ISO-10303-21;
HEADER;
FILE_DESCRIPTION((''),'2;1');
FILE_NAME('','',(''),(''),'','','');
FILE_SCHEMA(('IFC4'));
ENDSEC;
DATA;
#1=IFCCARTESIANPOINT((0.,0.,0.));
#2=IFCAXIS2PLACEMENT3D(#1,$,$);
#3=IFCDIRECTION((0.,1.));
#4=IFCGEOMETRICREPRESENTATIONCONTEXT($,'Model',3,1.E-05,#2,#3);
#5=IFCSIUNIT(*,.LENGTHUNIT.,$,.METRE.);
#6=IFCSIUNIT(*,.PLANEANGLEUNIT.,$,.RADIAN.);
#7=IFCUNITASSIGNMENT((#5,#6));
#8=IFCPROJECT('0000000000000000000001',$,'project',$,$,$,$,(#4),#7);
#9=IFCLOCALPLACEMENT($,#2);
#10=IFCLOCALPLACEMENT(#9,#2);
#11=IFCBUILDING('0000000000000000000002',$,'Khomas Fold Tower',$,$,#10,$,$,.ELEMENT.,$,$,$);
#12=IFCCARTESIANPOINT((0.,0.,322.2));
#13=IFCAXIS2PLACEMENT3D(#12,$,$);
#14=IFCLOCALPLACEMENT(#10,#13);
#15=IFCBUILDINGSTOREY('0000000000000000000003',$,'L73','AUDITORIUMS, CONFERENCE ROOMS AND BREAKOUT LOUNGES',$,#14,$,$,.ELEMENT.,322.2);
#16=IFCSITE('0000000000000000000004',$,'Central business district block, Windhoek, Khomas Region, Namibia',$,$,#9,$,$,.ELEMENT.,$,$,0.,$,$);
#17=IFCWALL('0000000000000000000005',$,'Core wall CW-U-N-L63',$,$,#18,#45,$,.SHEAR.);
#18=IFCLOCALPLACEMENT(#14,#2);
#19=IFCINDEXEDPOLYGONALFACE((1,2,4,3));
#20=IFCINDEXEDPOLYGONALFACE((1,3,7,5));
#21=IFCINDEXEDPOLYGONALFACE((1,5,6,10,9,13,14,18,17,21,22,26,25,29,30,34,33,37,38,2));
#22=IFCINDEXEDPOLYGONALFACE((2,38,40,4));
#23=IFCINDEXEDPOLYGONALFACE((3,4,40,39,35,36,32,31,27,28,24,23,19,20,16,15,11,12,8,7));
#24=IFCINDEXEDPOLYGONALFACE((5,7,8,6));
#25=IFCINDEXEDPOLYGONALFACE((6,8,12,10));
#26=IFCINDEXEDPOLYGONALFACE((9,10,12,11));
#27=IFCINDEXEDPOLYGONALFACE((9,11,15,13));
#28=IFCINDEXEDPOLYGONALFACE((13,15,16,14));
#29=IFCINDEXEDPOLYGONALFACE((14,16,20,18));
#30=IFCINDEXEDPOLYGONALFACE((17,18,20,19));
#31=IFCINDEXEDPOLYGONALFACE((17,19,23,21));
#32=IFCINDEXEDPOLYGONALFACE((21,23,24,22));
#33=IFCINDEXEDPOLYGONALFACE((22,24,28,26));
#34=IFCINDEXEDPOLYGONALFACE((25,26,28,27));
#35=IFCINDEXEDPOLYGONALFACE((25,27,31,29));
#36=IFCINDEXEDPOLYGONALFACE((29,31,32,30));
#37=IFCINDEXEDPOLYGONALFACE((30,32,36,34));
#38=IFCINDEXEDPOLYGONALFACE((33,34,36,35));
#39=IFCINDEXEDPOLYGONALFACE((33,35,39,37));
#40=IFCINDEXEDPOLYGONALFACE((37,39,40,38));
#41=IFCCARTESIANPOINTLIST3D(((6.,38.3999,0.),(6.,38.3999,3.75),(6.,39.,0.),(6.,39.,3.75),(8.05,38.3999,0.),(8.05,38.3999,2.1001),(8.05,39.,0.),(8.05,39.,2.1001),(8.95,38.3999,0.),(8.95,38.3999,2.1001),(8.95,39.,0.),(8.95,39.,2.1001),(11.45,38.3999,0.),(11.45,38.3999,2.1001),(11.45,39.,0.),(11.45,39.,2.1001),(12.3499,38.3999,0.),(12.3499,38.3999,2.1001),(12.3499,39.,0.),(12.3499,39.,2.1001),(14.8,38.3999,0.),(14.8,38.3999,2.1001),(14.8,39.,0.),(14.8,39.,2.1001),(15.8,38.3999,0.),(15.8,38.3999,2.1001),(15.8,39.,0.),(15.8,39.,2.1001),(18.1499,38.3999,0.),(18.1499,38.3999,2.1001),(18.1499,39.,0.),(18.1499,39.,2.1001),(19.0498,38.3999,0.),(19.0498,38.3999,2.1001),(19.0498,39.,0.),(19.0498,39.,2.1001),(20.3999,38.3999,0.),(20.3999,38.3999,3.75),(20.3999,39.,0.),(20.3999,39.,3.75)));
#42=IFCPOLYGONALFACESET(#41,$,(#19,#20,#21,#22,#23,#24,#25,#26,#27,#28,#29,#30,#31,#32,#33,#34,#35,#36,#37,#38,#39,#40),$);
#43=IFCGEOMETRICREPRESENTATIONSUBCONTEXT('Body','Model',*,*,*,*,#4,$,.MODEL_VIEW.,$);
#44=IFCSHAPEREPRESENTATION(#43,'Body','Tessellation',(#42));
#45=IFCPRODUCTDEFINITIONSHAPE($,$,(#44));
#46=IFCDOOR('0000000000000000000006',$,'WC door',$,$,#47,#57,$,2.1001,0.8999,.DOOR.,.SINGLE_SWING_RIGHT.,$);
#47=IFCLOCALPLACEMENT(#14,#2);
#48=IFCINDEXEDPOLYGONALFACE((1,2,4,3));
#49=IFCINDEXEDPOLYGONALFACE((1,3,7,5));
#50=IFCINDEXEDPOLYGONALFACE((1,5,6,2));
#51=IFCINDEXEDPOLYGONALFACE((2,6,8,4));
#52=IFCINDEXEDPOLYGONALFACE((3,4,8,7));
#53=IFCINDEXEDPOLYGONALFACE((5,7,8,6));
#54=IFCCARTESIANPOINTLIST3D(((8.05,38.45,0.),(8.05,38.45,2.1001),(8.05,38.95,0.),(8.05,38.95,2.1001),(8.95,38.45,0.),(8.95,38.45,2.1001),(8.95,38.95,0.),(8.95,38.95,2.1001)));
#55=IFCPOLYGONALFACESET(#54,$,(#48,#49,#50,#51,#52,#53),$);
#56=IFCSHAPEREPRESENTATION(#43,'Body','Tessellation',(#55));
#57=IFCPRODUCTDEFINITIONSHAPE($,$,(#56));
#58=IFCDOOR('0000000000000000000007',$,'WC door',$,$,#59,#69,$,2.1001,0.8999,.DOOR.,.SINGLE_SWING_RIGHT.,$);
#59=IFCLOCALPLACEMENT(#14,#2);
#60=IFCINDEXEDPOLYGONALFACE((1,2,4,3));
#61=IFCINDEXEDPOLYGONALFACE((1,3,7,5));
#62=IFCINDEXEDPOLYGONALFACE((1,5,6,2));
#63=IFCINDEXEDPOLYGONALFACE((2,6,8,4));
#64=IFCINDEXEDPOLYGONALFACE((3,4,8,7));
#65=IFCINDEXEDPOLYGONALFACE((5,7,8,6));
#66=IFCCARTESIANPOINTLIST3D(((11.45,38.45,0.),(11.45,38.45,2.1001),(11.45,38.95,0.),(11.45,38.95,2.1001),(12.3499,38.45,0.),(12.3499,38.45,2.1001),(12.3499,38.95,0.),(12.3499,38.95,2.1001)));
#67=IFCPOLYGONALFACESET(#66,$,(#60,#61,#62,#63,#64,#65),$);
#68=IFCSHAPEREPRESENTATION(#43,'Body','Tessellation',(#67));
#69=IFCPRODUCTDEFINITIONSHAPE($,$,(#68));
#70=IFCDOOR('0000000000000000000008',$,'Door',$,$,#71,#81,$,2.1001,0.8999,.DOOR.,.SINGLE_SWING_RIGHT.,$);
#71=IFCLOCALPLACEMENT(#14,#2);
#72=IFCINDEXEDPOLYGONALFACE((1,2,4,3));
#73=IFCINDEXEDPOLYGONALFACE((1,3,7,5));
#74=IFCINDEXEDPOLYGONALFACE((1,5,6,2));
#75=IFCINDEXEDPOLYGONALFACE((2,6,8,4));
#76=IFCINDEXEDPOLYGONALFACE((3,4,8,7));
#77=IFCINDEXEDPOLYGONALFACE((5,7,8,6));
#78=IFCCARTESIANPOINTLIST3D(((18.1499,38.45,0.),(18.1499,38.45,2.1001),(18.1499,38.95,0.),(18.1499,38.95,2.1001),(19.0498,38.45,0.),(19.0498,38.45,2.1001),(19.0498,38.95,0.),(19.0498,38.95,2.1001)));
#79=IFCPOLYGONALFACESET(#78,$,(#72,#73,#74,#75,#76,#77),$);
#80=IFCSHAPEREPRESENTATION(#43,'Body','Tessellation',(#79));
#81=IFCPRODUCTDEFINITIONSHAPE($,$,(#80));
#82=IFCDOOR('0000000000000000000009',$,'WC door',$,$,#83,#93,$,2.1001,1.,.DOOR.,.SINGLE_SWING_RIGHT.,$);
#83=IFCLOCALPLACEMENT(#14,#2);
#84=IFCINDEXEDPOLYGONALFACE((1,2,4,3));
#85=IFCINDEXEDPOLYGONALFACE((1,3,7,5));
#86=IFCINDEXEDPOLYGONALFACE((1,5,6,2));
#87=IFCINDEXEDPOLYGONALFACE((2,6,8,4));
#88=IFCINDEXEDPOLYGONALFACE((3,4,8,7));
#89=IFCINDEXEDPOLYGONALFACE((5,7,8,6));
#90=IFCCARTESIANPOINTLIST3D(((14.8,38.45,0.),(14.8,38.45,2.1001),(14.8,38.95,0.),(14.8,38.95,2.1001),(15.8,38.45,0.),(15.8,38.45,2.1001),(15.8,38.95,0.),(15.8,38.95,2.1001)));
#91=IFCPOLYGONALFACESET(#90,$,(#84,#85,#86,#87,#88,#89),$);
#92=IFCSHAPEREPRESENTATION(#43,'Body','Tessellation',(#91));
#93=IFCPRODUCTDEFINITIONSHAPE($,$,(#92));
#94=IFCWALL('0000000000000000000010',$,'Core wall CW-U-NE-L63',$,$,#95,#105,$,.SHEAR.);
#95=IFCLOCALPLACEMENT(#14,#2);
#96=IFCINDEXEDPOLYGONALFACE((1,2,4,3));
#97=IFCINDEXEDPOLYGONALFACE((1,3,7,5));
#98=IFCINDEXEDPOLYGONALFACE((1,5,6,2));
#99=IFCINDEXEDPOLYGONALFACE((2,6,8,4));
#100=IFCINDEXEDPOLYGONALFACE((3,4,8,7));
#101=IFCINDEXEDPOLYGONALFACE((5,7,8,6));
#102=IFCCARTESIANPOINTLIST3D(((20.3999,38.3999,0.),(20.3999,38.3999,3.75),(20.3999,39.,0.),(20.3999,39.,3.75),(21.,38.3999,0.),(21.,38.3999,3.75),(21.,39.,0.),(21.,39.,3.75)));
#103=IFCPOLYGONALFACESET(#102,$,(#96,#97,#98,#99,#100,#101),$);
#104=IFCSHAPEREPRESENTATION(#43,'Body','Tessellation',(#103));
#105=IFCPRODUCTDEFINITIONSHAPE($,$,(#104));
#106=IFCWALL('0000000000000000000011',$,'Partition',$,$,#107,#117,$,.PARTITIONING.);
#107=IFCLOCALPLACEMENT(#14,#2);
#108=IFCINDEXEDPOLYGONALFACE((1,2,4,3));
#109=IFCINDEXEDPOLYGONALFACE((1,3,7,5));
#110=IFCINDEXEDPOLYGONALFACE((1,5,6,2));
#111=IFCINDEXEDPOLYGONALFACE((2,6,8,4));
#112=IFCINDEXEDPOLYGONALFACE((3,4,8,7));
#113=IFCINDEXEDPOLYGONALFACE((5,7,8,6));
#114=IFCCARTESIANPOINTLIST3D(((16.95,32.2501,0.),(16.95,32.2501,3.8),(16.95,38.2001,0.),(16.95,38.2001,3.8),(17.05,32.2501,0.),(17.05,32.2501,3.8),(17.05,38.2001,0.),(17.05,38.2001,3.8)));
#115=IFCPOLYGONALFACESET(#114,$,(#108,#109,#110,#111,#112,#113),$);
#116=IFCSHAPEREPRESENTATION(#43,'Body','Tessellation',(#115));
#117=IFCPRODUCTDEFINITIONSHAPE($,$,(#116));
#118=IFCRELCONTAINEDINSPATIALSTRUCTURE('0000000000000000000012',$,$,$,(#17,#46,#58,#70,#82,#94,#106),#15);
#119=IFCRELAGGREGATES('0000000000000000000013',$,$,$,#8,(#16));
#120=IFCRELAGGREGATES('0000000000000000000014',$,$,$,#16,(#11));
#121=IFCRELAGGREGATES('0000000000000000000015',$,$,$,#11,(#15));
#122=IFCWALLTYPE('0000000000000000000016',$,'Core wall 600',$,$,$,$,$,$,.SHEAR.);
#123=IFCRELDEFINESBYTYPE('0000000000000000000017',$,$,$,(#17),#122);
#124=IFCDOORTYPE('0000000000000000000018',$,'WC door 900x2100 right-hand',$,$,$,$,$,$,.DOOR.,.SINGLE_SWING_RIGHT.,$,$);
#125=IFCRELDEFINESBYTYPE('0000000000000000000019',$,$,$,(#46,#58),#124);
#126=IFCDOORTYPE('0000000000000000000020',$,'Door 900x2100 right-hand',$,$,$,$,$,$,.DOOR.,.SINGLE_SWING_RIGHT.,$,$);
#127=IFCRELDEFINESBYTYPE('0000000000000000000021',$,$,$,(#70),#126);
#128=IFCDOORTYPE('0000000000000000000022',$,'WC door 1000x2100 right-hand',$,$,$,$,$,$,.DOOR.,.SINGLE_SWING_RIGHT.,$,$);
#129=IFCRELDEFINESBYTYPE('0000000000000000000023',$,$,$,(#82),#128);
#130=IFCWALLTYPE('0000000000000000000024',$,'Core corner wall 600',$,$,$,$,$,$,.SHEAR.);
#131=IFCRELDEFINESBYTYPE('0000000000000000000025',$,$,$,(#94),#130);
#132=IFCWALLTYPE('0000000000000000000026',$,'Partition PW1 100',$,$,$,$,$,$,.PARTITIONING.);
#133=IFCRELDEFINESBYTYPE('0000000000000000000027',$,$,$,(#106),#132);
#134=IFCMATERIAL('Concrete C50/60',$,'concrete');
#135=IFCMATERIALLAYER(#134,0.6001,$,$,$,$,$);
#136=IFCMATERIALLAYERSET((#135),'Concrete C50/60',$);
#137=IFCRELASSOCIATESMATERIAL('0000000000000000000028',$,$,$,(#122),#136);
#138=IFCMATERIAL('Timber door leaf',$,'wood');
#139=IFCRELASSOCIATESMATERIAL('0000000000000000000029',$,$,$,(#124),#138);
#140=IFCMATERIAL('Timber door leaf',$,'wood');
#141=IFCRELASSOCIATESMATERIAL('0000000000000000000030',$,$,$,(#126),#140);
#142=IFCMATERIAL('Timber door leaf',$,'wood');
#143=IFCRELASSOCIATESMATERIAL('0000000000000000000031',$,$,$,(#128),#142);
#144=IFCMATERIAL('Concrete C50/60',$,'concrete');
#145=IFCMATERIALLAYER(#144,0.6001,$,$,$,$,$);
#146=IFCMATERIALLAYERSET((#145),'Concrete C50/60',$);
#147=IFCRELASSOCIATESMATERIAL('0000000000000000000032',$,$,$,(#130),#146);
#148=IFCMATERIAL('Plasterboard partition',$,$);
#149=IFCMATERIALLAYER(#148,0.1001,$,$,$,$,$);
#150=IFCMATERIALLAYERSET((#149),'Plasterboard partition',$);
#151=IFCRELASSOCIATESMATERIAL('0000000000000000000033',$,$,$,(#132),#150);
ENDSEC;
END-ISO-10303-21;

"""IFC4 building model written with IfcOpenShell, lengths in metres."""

from ifc_helpers import new_model, si_unit, direction, frame, frame_2d, origin, place, context, subcontext, project, spatial, rectangle, extrude, source, transform, mapped, material, layer, layer_set, type_object, element, fill, save


model = new_model("IFC4")

# Units and contexts
model_context = context("Model", 3, precision=1e-05, world=origin(), true_north=direction((0.0, 1.0)))
body_context = subcontext(model_context, "Body", "Model", "MODEL_VIEW")
ifc_project = project(units=[si_unit("LENGTHUNIT", "METRE"), si_unit("PLANEANGLEUNIT", "RADIAN")], contexts=[model_context])

# Site, building, storey
site_placement = place(None, origin())
site = spatial("IfcSite", under=ifc_project, at=site_placement, Name="Central business district block, Windhoek, Khomas Region, Namibia", CompositionType="ELEMENT", RefElevation=0.0)
building_placement = place(site_placement, origin())
building = spatial("IfcBuilding", under=site, at=building_placement, Name="Khomas Fold Tower", CompositionType="ELEMENT")
storey_placement = place(building_placement, frame((0.0, 0.0, 322.2)))
storey = spatial("IfcBuildingStorey", under=building, at=storey_placement, Name="L73", Description="AUDITORIUMS, CONFERENCE ROOMS AND BREAKOUT LOUNGES", CompositionType="ELEMENT", Elevation=322.2)

# Wall, openings, doors
ifc_material_1 = material(Name="Concrete C50/60", Category="concrete")
ifc_layer_1 = layer(ifc_material_1, 0.6001)
ifc_layer_set_1 = layer_set([ifc_layer_1], Name="Concrete C50/60")
wall_type_1 = type_object("IfcWallType", Name="Core wall 600", PredefinedType="SHEAR", material=ifc_layer_set_1)
shared_shape_1 = source(origin(), body_context, "Body", "SweptSolid", [
    extrude(rectangle(XDim=14.3999, YDim=0.6001, at=frame_2d((7.2, 0.0))), origin(), (0.0, 0.0, 1.0), 3.75),
])
wall_1_placement = place(storey_placement, frame((6.0, 38.7, 0.0), z_axis=(0.0, 0.0, 1.0), x_axis=(1.0, 0.0, 0.0)))
wall_1 = element("IfcWall", 1, at=wall_1_placement, inside=storey, type_object=wall_type_1, Name="Core wall CW-U-N-L63", PredefinedType="SHEAR", context=body_context, shape_type="MappedRepresentation", body=[
    mapped(shared_shape_1, transform((0.0, 0.0, 0.0))),
])
shared_shape_2 = source(origin(), body_context, "Body", "SweptSolid", [
    extrude(rectangle(XDim=0.8999, YDim=2.1001, at=frame_2d((0.45, 1.05))), frame((0.0, 0.3101, 0.0), z_axis=(0.0, -1.0, 0.0), x_axis=(1.0, 0.0, 0.0)), (0.0, 0.0, 1.0), 0.6201),
])
opening_1_placement = place(wall_1_placement, frame((2.05, 0.0, 0.0)))
opening_1 = element("IfcOpeningElement", 2, at=opening_1_placement, cuts=wall_1, PredefinedType="OPENING", context=body_context, shape_type="MappedRepresentation", body=[
    mapped(shared_shape_2, transform((0.0, 0.0, 0.0))),
])
opening_2_placement = place(wall_1_placement, frame((5.45, 0.0, 0.0)))
opening_2 = element("IfcOpeningElement", 3, at=opening_2_placement, cuts=wall_1, PredefinedType="OPENING", context=body_context, shape_type="MappedRepresentation", body=[
    mapped(shared_shape_2, transform((0.0, 0.0, 0.0))),
])
shared_shape_3 = source(origin(), body_context, "Body", "SweptSolid", [
    extrude(rectangle(XDim=1.0, YDim=2.1001, at=frame_2d((0.5, 1.05))), frame((0.0, 0.3101, 0.0), z_axis=(0.0, -1.0, 0.0), x_axis=(1.0, 0.0, 0.0)), (0.0, 0.0, 1.0), 0.6201),
])
opening_3_placement = place(wall_1_placement, frame((8.8, 0.0, 0.0)))
opening_3 = element("IfcOpeningElement", 4, at=opening_3_placement, cuts=wall_1, PredefinedType="OPENING", context=body_context, shape_type="MappedRepresentation", body=[
    mapped(shared_shape_3, transform((0.0, 0.0, 0.0))),
])
opening_4_placement = place(wall_1_placement, frame((12.1499, 0.0, 0.0)))
opening_4 = element("IfcOpeningElement", 5, at=opening_4_placement, cuts=wall_1, PredefinedType="OPENING", context=body_context, shape_type="MappedRepresentation", body=[
    mapped(shared_shape_2, transform((0.0, 0.0, 0.0))),
])
ifc_material_2 = material(Name="Timber door leaf", Category="wood")
door_type_1 = type_object("IfcDoorType", Name="WC door 900x2100 right-hand", OperationType="SINGLE_SWING_RIGHT", PredefinedType="DOOR", material=ifc_material_2)
shared_shape_4 = source(origin(), body_context, "Body", "SweptSolid", [
    extrude(rectangle(XDim=0.8999, YDim=2.1001, at=frame_2d((0.45, 1.05))), frame((0.0, 0.25, 0.0), z_axis=(0.0, -1.0, 0.0), x_axis=(1.0, 0.0, 0.0)), (0.0, 0.0, 1.0), 0.5),
])
door_1_placement = place(opening_1_placement, origin())
door_1 = element("IfcDoor", 6, at=door_1_placement, inside=storey, type_object=door_type_1, Name="WC door", OperationType="SINGLE_SWING_RIGHT", OverallHeight=2.1001, OverallWidth=0.8999, PredefinedType="DOOR", context=body_context, shape_type="MappedRepresentation", body=[
    mapped(shared_shape_4, transform((0.0, 0.0, 0.0))),
])
fill(opening_1, door_1)
door_2_placement = place(opening_2_placement, origin())
door_2 = element("IfcDoor", 7, at=door_2_placement, inside=storey, type_object=door_type_1, Name="WC door", OperationType="SINGLE_SWING_RIGHT", OverallHeight=2.1001, OverallWidth=0.8999, PredefinedType="DOOR", context=body_context, shape_type="MappedRepresentation", body=[
    mapped(shared_shape_4, transform((0.0, 0.0, 0.0))),
])
fill(opening_2, door_2)
ifc_material_3 = material(Name="Timber door leaf", Category="wood")
door_type_2 = type_object("IfcDoorType", Name="Door 900x2100 right-hand", OperationType="SINGLE_SWING_RIGHT", PredefinedType="DOOR", material=ifc_material_3)
door_3_placement = place(opening_4_placement, origin())
door_3 = element("IfcDoor", 8, at=door_3_placement, inside=storey, type_object=door_type_2, Name="Door", OperationType="SINGLE_SWING_RIGHT", OverallHeight=2.1001, OverallWidth=0.8999, PredefinedType="DOOR", context=body_context, shape_type="MappedRepresentation", body=[
    mapped(shared_shape_4, transform((0.0, 0.0, 0.0))),
])
fill(opening_4, door_3)
ifc_material_4 = material(Name="Timber door leaf", Category="wood")
door_type_3 = type_object("IfcDoorType", Name="WC door 1000x2100 right-hand", OperationType="SINGLE_SWING_RIGHT", PredefinedType="DOOR", material=ifc_material_4)
shared_shape_5 = source(origin(), body_context, "Body", "SweptSolid", [
    extrude(rectangle(XDim=1.0, YDim=2.1001, at=frame_2d((0.5, 1.05))), frame((0.0, 0.25, 0.0), z_axis=(0.0, -1.0, 0.0), x_axis=(1.0, 0.0, 0.0)), (0.0, 0.0, 1.0), 0.5),
])
door_4_placement = place(opening_3_placement, origin())
door_4 = element("IfcDoor", 9, at=door_4_placement, inside=storey, type_object=door_type_3, Name="WC door", OperationType="SINGLE_SWING_RIGHT", OverallHeight=2.1001, OverallWidth=1.0, PredefinedType="DOOR", context=body_context, shape_type="MappedRepresentation", body=[
    mapped(shared_shape_5, transform((0.0, 0.0, 0.0))),
])
fill(opening_3, door_4)

# Walls
ifc_material_5 = material(Name="Concrete C50/60", Category="concrete")
ifc_layer_2 = layer(ifc_material_5, 0.6001)
ifc_layer_set_2 = layer_set([ifc_layer_2], Name="Concrete C50/60")
wall_type_2 = type_object("IfcWallType", Name="Core corner wall 600", PredefinedType="SHEAR", material=ifc_layer_set_2)
shared_shape_6 = source(origin(), body_context, "Body", "SweptSolid", [
    extrude(rectangle(XDim=0.6001, YDim=0.6001, at=frame_2d((0.3, 0.0))), origin(), (0.0, 0.0, 1.0), 3.75),
])
wall_2_placement = place(storey_placement, frame((20.3999, 38.7, 0.0), z_axis=(0.0, 0.0, 1.0), x_axis=(1.0, 0.0, 0.0)))
element("IfcWall", 10, at=wall_2_placement, inside=storey, type_object=wall_type_2, Name="Core wall CW-U-NE-L63", PredefinedType="SHEAR", context=body_context, shape_type="MappedRepresentation", body=[
    mapped(shared_shape_6, transform((0.0, 0.0, 0.0))),
])
ifc_material_6 = material(Name="Plasterboard partition")
ifc_layer_3 = layer(ifc_material_6, 0.1001)
ifc_layer_set_3 = layer_set([ifc_layer_3], Name="Plasterboard partition")
wall_type_3 = type_object("IfcWallType", Name="Partition PW1 100", PredefinedType="PARTITIONING", material=ifc_layer_set_3)
shared_shape_7 = source(origin(), body_context, "Body", "SweptSolid", [
    extrude(rectangle(XDim=5.95, YDim=0.1001, at=frame_2d((2.9751, 0.0))), origin(), (0.0, 0.0, 1.0), 3.8),
])
wall_3_placement = place(storey_placement, frame((17.0, 32.25, 0.0), z_axis=(0.0, 0.0, 1.0), x_axis=(0.0, 1.0, 0.0)))
element("IfcWall", 11, at=wall_3_placement, inside=storey, type_object=wall_type_3, Name="Partition", PredefinedType="PARTITIONING", context=body_context, shape_type="MappedRepresentation", body=[
    mapped(shared_shape_7, transform((0.0, 0.0, 0.0))),
])

save(model, "model.ifc")
